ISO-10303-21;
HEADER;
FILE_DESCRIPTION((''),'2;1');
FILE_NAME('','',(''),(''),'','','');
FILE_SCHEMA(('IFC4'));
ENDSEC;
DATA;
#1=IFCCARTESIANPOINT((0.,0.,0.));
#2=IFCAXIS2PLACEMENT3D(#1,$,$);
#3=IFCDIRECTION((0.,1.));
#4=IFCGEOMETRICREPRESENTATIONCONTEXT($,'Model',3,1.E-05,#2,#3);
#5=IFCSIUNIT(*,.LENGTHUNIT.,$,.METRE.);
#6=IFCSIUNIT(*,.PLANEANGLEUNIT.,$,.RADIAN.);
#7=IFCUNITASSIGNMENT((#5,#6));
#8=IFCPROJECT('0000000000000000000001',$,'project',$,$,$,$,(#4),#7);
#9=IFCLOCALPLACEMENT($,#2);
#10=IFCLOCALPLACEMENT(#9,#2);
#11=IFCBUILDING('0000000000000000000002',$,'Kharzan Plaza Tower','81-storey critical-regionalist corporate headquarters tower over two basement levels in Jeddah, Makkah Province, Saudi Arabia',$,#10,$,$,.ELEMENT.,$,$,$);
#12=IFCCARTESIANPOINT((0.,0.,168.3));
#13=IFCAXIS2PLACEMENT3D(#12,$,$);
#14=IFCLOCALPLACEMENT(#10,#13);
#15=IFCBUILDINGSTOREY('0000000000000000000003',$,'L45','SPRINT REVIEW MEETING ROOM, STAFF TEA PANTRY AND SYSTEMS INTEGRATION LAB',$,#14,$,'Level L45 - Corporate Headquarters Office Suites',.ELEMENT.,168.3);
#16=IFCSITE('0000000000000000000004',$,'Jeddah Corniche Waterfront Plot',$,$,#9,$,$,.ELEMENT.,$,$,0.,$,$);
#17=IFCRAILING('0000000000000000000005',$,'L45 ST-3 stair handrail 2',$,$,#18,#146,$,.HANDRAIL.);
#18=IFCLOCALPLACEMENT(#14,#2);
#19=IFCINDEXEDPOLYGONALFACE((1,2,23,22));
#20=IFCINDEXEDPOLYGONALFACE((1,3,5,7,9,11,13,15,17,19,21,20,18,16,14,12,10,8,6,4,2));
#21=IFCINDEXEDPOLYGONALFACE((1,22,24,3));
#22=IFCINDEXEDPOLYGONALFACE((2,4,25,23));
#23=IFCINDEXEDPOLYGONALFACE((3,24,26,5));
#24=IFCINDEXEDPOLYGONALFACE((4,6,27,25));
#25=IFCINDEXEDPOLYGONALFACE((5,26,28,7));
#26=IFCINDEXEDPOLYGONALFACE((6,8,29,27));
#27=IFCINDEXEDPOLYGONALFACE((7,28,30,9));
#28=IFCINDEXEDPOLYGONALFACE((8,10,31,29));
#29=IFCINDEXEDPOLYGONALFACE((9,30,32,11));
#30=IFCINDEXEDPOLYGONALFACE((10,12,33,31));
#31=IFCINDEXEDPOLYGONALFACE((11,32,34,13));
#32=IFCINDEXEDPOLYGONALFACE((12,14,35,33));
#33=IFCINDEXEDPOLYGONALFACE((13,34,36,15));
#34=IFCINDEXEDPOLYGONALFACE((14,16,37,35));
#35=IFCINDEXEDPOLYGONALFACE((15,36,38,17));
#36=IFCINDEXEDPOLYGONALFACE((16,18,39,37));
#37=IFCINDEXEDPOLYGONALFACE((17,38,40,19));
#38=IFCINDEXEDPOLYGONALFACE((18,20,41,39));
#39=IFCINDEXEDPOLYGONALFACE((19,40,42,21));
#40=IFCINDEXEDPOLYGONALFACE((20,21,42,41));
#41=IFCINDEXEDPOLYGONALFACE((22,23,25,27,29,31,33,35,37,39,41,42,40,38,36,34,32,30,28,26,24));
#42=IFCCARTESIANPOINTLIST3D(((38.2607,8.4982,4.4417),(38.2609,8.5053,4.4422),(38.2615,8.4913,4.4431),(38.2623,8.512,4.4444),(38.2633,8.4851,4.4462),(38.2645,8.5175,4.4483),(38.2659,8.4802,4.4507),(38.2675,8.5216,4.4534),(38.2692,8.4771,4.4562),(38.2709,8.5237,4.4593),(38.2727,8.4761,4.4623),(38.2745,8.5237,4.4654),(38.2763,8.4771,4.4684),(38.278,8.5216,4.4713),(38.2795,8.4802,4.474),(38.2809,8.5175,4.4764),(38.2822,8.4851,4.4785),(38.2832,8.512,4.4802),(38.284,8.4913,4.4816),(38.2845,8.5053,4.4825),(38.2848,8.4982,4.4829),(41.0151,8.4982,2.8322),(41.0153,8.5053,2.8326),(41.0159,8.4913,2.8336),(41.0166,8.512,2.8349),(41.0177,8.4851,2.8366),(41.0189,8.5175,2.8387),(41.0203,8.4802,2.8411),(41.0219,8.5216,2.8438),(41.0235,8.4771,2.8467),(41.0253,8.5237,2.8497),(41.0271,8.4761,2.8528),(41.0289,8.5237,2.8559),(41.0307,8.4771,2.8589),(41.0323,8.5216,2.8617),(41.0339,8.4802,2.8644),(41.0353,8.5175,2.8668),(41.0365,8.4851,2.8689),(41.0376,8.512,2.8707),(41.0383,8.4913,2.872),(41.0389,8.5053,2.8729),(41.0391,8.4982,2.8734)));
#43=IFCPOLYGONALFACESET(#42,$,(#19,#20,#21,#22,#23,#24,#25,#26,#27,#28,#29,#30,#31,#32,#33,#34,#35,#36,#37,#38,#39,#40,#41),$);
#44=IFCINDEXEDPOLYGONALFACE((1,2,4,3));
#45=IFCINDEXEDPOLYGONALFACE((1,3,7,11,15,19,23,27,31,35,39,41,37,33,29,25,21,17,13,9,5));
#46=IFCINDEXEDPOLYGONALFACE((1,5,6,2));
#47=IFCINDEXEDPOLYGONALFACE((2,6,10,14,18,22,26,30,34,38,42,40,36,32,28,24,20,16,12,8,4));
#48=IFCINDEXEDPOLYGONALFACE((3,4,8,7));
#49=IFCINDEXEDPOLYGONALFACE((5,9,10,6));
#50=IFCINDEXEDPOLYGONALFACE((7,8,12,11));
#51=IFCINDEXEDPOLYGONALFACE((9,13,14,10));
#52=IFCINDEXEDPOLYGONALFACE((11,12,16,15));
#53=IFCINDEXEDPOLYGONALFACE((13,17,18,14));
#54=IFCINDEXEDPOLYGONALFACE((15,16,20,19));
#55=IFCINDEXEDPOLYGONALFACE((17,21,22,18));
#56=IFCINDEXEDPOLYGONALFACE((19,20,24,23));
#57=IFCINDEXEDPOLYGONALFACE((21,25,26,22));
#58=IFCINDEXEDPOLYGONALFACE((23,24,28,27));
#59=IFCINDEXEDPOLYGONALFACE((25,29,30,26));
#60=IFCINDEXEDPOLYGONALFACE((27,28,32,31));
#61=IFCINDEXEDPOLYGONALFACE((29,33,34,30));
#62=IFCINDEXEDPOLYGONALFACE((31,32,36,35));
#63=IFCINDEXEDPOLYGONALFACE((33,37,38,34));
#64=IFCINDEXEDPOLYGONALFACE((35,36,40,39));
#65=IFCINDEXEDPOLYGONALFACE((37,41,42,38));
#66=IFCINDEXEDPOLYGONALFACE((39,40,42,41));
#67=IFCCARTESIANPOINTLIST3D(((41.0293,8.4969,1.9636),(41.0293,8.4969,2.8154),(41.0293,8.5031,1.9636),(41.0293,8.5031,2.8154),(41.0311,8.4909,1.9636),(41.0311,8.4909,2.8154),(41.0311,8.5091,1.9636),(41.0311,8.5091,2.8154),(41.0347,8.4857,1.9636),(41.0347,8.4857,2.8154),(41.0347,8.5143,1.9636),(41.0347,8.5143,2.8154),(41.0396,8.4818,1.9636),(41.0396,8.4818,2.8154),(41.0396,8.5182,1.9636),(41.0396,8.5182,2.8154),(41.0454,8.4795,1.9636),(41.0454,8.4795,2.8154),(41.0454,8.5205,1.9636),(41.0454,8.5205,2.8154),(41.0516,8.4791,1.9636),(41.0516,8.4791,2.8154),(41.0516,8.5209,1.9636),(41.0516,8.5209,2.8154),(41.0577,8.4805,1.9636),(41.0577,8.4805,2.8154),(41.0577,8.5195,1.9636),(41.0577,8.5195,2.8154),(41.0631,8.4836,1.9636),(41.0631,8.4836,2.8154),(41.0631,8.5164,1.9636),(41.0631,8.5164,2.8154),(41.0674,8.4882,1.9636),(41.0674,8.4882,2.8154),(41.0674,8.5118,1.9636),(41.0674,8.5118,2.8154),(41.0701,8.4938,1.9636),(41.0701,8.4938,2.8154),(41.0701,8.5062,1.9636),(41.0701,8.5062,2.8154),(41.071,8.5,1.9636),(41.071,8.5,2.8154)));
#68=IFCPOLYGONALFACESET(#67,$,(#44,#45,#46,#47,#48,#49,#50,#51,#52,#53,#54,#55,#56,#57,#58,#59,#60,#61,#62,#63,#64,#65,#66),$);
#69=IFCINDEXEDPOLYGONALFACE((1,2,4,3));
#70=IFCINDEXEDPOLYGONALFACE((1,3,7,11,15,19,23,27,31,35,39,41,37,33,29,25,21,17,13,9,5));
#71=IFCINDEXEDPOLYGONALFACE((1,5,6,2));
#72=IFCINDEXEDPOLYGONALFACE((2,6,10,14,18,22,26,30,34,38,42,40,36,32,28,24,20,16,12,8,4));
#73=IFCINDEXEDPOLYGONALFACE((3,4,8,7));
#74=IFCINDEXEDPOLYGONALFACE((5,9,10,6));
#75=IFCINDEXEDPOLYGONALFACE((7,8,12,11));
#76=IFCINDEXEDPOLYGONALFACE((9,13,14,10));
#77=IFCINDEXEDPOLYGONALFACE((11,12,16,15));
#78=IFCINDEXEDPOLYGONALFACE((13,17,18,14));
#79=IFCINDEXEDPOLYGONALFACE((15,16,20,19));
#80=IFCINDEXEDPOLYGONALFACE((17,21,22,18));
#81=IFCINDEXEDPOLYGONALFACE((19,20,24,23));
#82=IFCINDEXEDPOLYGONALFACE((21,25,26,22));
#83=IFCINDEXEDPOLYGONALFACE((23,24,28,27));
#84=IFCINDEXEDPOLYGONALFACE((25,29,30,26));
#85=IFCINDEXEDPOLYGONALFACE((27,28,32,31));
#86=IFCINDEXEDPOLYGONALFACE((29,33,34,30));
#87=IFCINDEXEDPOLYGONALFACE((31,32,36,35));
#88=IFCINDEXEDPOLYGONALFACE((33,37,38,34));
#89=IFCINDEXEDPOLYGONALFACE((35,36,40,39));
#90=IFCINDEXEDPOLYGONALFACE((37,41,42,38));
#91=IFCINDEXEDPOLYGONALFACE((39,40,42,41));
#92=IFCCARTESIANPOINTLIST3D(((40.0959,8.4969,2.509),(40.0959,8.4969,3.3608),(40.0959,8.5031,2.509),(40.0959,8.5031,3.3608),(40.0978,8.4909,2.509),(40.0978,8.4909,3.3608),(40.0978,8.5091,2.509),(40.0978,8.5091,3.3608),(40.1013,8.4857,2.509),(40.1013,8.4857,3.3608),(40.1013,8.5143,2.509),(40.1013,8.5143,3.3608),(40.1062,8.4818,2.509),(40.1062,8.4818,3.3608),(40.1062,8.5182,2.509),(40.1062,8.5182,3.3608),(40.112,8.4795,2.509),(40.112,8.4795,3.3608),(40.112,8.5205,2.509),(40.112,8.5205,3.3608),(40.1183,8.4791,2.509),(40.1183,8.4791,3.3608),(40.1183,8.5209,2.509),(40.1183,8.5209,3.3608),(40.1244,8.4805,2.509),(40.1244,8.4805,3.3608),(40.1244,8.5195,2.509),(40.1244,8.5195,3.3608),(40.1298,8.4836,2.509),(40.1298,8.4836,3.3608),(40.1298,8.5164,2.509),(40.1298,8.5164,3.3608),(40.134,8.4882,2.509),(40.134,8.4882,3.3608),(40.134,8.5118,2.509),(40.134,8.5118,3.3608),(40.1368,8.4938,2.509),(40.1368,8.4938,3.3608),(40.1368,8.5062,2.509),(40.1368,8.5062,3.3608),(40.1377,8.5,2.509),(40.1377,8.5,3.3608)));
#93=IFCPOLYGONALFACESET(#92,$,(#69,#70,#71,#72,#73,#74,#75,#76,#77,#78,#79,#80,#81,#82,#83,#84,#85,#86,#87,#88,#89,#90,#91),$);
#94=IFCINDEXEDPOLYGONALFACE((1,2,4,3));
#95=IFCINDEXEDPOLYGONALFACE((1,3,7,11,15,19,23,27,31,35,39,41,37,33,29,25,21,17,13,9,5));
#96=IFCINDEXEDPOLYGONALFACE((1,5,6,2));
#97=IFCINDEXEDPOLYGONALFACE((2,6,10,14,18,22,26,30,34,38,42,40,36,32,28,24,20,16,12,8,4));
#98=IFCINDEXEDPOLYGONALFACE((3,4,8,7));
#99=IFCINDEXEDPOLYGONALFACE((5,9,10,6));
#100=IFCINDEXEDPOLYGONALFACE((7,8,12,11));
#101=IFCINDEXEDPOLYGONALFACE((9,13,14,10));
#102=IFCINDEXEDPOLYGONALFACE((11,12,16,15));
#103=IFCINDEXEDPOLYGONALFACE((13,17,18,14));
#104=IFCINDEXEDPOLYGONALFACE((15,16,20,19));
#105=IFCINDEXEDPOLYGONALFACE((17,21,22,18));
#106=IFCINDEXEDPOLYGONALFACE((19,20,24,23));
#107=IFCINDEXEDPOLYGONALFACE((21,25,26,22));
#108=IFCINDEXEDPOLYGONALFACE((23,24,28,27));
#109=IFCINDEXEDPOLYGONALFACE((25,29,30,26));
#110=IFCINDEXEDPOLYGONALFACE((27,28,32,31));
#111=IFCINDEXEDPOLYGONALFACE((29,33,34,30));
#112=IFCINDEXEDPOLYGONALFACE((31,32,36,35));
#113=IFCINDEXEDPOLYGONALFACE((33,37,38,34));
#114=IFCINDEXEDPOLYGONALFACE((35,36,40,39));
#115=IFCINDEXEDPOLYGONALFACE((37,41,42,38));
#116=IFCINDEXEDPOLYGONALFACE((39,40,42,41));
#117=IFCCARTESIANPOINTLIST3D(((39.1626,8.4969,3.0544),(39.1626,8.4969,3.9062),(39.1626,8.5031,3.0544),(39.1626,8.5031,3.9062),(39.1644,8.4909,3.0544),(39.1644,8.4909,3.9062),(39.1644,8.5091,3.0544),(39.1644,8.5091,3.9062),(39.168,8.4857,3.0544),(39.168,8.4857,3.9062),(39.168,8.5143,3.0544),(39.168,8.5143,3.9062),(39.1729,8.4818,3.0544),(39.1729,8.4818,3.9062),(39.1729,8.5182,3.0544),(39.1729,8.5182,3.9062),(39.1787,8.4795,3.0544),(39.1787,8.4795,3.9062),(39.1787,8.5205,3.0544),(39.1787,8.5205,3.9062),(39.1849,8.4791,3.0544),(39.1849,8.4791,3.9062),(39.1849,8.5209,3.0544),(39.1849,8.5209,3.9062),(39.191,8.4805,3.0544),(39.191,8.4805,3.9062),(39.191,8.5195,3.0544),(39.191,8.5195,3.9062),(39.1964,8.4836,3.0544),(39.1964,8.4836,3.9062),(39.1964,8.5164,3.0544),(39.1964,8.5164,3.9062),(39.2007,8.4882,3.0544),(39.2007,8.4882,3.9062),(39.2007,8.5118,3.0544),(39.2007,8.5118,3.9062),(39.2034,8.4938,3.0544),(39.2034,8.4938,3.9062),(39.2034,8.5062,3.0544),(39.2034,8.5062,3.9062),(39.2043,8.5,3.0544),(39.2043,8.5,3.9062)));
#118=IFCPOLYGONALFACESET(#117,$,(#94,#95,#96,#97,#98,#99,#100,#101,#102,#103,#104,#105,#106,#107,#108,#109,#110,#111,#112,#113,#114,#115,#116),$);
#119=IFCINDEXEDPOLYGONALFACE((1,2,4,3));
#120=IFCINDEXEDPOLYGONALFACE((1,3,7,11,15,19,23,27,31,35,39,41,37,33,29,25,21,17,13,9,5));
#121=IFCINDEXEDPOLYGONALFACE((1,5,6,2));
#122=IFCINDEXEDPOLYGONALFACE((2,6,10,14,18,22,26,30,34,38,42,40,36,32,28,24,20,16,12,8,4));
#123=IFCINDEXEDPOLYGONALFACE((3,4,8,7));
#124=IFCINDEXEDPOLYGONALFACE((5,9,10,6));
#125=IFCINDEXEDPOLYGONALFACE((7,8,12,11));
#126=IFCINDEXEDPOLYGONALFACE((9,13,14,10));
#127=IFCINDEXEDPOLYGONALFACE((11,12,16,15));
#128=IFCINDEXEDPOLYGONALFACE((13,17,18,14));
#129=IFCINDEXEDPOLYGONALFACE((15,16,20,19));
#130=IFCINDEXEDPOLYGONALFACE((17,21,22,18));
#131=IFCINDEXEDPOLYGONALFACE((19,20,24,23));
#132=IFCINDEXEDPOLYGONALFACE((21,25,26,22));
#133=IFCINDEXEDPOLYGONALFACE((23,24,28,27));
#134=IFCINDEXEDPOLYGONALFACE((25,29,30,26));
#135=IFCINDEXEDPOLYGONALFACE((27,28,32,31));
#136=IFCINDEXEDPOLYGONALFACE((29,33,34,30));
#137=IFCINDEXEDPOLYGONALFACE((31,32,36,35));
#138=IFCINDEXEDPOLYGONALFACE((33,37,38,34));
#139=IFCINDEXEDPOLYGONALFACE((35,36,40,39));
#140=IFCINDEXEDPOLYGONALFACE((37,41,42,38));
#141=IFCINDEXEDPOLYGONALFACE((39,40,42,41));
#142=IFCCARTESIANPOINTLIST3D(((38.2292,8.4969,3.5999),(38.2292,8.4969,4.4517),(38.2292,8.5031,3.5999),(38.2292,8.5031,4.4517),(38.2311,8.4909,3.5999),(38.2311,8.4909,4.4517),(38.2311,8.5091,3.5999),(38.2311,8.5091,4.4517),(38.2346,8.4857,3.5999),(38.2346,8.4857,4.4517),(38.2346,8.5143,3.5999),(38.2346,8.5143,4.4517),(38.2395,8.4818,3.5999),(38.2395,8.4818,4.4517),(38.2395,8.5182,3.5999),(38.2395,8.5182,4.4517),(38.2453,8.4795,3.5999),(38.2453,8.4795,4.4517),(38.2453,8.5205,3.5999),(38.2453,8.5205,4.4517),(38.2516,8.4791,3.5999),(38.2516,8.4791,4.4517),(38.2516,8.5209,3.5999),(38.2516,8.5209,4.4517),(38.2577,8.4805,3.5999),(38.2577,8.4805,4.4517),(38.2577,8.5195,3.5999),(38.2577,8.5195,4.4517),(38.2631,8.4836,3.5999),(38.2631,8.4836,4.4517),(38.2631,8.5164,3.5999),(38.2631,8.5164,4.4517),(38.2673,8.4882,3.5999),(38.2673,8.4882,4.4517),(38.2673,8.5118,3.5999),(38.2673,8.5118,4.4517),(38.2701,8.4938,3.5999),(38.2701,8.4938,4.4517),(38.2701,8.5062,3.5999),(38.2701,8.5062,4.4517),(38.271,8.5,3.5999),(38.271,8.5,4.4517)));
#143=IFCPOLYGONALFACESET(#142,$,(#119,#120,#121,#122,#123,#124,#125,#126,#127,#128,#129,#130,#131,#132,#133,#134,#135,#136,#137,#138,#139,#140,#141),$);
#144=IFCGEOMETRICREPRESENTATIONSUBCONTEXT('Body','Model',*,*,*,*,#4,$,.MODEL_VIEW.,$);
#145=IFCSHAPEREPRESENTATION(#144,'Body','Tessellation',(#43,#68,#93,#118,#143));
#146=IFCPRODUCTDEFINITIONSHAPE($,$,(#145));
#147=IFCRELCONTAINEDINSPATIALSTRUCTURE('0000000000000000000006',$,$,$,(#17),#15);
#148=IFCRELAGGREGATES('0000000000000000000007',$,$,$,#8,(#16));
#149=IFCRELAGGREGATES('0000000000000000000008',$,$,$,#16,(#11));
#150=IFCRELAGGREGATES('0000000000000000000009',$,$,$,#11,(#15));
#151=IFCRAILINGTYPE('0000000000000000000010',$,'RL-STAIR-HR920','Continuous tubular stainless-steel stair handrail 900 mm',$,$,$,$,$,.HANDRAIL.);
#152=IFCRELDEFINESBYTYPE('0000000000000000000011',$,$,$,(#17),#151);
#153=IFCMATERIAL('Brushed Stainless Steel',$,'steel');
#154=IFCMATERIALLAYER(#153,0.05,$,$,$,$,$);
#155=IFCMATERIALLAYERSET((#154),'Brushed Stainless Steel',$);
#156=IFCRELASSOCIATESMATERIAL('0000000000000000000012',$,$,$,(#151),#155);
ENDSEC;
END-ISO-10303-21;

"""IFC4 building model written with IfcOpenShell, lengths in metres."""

from ifc_helpers import new_model, si_unit, direction, frame, origin, origin_2d, place, context, subcontext, project, spatial, circle, extrude, source, transform, mapped, material, layer, layer_set, type_object, element, save


model = new_model("IFC4")

# Units and contexts
model_context = context("Model", 3, precision=1e-05, world=origin(), true_north=direction((0.0, 1.0)))
body_context = subcontext(model_context, "Body", "Model", "MODEL_VIEW")
ifc_project = project(units=[si_unit("LENGTHUNIT", "METRE"), si_unit("PLANEANGLEUNIT", "RADIAN")], contexts=[model_context])

# Site, building, storey
site_placement = place(None, origin())
site = spatial("IfcSite", under=ifc_project, at=site_placement, Name="Jeddah Corniche Waterfront Plot", CompositionType="ELEMENT", RefElevation=0.0)
building_placement = place(site_placement, origin())
building = spatial("IfcBuilding", under=site, at=building_placement, Name="Kharzan Plaza Tower", Description="81-storey critical-regionalist corporate headquarters tower over two basement levels in Jeddah, Makkah Province, Saudi Arabia", CompositionType="ELEMENT")
storey_placement = place(building_placement, frame((0.0, 0.0, 168.3)))
storey = spatial("IfcBuildingStorey", under=building, at=storey_placement, Name="L45", Description="SPRINT REVIEW MEETING ROOM, STAFF TEA PANTRY AND SYSTEMS INTEGRATION LAB", LongName="Level L45 - Corporate Headquarters Office Suites", CompositionType="ELEMENT", Elevation=168.3)

# Shared definitions
ifc_material_1 = material(Name="Brushed Stainless Steel", Category="steel")

# Railing
ifc_layer_1 = layer(ifc_material_1, 0.05)
ifc_layer_set_1 = layer_set([ifc_layer_1], Name="Brushed Stainless Steel")
railing_type_1 = type_object("IfcRailingType", Name="RL-STAIR-HR920", Description="Continuous tubular stainless-steel stair handrail 900 mm", PredefinedType="HANDRAIL", material=ifc_layer_set_1)
shared_shape_1 = source(origin(), body_context, "Body", "SweptSolid", [
    extrude(circle(Radius=0.0239, at=origin_2d()), frame((-0.0229, 0.0, 0.8892), z_axis=(-0.863394, 0.0, 0.504531), x_axis=(0.0, -1.0, 0.0)), (0.0, 0.0, 1.0), 3.1902),
    extrude(circle(Radius=0.021, at=origin_2d()), origin(), (0.0, 0.0, 1.0), 0.8518),
    extrude(circle(Radius=0.021, at=origin_2d()), frame((-0.9333, 0.0, 0.5454)), (0.0, 0.0, 1.0), 0.8518),
    extrude(circle(Radius=0.021, at=origin_2d()), frame((-1.8667, 0.0, 1.0908)), (0.0, 0.0, 1.0), 0.8518),
    extrude(circle(Radius=0.021, at=origin_2d()), frame((-2.8, 0.0, 1.6362)), (0.0, 0.0, 1.0), 0.8518),
])
railing_1_placement = place(storey_placement, frame((41.05, 8.5, 1.9636)))
element("IfcRailing", 1, at=railing_1_placement, inside=storey, type_object=railing_type_1, Name="L45 ST-3 stair handrail 2", PredefinedType="HANDRAIL", context=body_context, shape_type="MappedRepresentation", body=[
    mapped(shared_shape_1, transform((0.0, 0.0, 0.0), x_axis=(1.0, 0.0, 0.0), y_axis=(0.0, 1.0, 0.0), z_axis=(0.0, 0.0, 1.0))),
])

save(model, "model.ifc")
